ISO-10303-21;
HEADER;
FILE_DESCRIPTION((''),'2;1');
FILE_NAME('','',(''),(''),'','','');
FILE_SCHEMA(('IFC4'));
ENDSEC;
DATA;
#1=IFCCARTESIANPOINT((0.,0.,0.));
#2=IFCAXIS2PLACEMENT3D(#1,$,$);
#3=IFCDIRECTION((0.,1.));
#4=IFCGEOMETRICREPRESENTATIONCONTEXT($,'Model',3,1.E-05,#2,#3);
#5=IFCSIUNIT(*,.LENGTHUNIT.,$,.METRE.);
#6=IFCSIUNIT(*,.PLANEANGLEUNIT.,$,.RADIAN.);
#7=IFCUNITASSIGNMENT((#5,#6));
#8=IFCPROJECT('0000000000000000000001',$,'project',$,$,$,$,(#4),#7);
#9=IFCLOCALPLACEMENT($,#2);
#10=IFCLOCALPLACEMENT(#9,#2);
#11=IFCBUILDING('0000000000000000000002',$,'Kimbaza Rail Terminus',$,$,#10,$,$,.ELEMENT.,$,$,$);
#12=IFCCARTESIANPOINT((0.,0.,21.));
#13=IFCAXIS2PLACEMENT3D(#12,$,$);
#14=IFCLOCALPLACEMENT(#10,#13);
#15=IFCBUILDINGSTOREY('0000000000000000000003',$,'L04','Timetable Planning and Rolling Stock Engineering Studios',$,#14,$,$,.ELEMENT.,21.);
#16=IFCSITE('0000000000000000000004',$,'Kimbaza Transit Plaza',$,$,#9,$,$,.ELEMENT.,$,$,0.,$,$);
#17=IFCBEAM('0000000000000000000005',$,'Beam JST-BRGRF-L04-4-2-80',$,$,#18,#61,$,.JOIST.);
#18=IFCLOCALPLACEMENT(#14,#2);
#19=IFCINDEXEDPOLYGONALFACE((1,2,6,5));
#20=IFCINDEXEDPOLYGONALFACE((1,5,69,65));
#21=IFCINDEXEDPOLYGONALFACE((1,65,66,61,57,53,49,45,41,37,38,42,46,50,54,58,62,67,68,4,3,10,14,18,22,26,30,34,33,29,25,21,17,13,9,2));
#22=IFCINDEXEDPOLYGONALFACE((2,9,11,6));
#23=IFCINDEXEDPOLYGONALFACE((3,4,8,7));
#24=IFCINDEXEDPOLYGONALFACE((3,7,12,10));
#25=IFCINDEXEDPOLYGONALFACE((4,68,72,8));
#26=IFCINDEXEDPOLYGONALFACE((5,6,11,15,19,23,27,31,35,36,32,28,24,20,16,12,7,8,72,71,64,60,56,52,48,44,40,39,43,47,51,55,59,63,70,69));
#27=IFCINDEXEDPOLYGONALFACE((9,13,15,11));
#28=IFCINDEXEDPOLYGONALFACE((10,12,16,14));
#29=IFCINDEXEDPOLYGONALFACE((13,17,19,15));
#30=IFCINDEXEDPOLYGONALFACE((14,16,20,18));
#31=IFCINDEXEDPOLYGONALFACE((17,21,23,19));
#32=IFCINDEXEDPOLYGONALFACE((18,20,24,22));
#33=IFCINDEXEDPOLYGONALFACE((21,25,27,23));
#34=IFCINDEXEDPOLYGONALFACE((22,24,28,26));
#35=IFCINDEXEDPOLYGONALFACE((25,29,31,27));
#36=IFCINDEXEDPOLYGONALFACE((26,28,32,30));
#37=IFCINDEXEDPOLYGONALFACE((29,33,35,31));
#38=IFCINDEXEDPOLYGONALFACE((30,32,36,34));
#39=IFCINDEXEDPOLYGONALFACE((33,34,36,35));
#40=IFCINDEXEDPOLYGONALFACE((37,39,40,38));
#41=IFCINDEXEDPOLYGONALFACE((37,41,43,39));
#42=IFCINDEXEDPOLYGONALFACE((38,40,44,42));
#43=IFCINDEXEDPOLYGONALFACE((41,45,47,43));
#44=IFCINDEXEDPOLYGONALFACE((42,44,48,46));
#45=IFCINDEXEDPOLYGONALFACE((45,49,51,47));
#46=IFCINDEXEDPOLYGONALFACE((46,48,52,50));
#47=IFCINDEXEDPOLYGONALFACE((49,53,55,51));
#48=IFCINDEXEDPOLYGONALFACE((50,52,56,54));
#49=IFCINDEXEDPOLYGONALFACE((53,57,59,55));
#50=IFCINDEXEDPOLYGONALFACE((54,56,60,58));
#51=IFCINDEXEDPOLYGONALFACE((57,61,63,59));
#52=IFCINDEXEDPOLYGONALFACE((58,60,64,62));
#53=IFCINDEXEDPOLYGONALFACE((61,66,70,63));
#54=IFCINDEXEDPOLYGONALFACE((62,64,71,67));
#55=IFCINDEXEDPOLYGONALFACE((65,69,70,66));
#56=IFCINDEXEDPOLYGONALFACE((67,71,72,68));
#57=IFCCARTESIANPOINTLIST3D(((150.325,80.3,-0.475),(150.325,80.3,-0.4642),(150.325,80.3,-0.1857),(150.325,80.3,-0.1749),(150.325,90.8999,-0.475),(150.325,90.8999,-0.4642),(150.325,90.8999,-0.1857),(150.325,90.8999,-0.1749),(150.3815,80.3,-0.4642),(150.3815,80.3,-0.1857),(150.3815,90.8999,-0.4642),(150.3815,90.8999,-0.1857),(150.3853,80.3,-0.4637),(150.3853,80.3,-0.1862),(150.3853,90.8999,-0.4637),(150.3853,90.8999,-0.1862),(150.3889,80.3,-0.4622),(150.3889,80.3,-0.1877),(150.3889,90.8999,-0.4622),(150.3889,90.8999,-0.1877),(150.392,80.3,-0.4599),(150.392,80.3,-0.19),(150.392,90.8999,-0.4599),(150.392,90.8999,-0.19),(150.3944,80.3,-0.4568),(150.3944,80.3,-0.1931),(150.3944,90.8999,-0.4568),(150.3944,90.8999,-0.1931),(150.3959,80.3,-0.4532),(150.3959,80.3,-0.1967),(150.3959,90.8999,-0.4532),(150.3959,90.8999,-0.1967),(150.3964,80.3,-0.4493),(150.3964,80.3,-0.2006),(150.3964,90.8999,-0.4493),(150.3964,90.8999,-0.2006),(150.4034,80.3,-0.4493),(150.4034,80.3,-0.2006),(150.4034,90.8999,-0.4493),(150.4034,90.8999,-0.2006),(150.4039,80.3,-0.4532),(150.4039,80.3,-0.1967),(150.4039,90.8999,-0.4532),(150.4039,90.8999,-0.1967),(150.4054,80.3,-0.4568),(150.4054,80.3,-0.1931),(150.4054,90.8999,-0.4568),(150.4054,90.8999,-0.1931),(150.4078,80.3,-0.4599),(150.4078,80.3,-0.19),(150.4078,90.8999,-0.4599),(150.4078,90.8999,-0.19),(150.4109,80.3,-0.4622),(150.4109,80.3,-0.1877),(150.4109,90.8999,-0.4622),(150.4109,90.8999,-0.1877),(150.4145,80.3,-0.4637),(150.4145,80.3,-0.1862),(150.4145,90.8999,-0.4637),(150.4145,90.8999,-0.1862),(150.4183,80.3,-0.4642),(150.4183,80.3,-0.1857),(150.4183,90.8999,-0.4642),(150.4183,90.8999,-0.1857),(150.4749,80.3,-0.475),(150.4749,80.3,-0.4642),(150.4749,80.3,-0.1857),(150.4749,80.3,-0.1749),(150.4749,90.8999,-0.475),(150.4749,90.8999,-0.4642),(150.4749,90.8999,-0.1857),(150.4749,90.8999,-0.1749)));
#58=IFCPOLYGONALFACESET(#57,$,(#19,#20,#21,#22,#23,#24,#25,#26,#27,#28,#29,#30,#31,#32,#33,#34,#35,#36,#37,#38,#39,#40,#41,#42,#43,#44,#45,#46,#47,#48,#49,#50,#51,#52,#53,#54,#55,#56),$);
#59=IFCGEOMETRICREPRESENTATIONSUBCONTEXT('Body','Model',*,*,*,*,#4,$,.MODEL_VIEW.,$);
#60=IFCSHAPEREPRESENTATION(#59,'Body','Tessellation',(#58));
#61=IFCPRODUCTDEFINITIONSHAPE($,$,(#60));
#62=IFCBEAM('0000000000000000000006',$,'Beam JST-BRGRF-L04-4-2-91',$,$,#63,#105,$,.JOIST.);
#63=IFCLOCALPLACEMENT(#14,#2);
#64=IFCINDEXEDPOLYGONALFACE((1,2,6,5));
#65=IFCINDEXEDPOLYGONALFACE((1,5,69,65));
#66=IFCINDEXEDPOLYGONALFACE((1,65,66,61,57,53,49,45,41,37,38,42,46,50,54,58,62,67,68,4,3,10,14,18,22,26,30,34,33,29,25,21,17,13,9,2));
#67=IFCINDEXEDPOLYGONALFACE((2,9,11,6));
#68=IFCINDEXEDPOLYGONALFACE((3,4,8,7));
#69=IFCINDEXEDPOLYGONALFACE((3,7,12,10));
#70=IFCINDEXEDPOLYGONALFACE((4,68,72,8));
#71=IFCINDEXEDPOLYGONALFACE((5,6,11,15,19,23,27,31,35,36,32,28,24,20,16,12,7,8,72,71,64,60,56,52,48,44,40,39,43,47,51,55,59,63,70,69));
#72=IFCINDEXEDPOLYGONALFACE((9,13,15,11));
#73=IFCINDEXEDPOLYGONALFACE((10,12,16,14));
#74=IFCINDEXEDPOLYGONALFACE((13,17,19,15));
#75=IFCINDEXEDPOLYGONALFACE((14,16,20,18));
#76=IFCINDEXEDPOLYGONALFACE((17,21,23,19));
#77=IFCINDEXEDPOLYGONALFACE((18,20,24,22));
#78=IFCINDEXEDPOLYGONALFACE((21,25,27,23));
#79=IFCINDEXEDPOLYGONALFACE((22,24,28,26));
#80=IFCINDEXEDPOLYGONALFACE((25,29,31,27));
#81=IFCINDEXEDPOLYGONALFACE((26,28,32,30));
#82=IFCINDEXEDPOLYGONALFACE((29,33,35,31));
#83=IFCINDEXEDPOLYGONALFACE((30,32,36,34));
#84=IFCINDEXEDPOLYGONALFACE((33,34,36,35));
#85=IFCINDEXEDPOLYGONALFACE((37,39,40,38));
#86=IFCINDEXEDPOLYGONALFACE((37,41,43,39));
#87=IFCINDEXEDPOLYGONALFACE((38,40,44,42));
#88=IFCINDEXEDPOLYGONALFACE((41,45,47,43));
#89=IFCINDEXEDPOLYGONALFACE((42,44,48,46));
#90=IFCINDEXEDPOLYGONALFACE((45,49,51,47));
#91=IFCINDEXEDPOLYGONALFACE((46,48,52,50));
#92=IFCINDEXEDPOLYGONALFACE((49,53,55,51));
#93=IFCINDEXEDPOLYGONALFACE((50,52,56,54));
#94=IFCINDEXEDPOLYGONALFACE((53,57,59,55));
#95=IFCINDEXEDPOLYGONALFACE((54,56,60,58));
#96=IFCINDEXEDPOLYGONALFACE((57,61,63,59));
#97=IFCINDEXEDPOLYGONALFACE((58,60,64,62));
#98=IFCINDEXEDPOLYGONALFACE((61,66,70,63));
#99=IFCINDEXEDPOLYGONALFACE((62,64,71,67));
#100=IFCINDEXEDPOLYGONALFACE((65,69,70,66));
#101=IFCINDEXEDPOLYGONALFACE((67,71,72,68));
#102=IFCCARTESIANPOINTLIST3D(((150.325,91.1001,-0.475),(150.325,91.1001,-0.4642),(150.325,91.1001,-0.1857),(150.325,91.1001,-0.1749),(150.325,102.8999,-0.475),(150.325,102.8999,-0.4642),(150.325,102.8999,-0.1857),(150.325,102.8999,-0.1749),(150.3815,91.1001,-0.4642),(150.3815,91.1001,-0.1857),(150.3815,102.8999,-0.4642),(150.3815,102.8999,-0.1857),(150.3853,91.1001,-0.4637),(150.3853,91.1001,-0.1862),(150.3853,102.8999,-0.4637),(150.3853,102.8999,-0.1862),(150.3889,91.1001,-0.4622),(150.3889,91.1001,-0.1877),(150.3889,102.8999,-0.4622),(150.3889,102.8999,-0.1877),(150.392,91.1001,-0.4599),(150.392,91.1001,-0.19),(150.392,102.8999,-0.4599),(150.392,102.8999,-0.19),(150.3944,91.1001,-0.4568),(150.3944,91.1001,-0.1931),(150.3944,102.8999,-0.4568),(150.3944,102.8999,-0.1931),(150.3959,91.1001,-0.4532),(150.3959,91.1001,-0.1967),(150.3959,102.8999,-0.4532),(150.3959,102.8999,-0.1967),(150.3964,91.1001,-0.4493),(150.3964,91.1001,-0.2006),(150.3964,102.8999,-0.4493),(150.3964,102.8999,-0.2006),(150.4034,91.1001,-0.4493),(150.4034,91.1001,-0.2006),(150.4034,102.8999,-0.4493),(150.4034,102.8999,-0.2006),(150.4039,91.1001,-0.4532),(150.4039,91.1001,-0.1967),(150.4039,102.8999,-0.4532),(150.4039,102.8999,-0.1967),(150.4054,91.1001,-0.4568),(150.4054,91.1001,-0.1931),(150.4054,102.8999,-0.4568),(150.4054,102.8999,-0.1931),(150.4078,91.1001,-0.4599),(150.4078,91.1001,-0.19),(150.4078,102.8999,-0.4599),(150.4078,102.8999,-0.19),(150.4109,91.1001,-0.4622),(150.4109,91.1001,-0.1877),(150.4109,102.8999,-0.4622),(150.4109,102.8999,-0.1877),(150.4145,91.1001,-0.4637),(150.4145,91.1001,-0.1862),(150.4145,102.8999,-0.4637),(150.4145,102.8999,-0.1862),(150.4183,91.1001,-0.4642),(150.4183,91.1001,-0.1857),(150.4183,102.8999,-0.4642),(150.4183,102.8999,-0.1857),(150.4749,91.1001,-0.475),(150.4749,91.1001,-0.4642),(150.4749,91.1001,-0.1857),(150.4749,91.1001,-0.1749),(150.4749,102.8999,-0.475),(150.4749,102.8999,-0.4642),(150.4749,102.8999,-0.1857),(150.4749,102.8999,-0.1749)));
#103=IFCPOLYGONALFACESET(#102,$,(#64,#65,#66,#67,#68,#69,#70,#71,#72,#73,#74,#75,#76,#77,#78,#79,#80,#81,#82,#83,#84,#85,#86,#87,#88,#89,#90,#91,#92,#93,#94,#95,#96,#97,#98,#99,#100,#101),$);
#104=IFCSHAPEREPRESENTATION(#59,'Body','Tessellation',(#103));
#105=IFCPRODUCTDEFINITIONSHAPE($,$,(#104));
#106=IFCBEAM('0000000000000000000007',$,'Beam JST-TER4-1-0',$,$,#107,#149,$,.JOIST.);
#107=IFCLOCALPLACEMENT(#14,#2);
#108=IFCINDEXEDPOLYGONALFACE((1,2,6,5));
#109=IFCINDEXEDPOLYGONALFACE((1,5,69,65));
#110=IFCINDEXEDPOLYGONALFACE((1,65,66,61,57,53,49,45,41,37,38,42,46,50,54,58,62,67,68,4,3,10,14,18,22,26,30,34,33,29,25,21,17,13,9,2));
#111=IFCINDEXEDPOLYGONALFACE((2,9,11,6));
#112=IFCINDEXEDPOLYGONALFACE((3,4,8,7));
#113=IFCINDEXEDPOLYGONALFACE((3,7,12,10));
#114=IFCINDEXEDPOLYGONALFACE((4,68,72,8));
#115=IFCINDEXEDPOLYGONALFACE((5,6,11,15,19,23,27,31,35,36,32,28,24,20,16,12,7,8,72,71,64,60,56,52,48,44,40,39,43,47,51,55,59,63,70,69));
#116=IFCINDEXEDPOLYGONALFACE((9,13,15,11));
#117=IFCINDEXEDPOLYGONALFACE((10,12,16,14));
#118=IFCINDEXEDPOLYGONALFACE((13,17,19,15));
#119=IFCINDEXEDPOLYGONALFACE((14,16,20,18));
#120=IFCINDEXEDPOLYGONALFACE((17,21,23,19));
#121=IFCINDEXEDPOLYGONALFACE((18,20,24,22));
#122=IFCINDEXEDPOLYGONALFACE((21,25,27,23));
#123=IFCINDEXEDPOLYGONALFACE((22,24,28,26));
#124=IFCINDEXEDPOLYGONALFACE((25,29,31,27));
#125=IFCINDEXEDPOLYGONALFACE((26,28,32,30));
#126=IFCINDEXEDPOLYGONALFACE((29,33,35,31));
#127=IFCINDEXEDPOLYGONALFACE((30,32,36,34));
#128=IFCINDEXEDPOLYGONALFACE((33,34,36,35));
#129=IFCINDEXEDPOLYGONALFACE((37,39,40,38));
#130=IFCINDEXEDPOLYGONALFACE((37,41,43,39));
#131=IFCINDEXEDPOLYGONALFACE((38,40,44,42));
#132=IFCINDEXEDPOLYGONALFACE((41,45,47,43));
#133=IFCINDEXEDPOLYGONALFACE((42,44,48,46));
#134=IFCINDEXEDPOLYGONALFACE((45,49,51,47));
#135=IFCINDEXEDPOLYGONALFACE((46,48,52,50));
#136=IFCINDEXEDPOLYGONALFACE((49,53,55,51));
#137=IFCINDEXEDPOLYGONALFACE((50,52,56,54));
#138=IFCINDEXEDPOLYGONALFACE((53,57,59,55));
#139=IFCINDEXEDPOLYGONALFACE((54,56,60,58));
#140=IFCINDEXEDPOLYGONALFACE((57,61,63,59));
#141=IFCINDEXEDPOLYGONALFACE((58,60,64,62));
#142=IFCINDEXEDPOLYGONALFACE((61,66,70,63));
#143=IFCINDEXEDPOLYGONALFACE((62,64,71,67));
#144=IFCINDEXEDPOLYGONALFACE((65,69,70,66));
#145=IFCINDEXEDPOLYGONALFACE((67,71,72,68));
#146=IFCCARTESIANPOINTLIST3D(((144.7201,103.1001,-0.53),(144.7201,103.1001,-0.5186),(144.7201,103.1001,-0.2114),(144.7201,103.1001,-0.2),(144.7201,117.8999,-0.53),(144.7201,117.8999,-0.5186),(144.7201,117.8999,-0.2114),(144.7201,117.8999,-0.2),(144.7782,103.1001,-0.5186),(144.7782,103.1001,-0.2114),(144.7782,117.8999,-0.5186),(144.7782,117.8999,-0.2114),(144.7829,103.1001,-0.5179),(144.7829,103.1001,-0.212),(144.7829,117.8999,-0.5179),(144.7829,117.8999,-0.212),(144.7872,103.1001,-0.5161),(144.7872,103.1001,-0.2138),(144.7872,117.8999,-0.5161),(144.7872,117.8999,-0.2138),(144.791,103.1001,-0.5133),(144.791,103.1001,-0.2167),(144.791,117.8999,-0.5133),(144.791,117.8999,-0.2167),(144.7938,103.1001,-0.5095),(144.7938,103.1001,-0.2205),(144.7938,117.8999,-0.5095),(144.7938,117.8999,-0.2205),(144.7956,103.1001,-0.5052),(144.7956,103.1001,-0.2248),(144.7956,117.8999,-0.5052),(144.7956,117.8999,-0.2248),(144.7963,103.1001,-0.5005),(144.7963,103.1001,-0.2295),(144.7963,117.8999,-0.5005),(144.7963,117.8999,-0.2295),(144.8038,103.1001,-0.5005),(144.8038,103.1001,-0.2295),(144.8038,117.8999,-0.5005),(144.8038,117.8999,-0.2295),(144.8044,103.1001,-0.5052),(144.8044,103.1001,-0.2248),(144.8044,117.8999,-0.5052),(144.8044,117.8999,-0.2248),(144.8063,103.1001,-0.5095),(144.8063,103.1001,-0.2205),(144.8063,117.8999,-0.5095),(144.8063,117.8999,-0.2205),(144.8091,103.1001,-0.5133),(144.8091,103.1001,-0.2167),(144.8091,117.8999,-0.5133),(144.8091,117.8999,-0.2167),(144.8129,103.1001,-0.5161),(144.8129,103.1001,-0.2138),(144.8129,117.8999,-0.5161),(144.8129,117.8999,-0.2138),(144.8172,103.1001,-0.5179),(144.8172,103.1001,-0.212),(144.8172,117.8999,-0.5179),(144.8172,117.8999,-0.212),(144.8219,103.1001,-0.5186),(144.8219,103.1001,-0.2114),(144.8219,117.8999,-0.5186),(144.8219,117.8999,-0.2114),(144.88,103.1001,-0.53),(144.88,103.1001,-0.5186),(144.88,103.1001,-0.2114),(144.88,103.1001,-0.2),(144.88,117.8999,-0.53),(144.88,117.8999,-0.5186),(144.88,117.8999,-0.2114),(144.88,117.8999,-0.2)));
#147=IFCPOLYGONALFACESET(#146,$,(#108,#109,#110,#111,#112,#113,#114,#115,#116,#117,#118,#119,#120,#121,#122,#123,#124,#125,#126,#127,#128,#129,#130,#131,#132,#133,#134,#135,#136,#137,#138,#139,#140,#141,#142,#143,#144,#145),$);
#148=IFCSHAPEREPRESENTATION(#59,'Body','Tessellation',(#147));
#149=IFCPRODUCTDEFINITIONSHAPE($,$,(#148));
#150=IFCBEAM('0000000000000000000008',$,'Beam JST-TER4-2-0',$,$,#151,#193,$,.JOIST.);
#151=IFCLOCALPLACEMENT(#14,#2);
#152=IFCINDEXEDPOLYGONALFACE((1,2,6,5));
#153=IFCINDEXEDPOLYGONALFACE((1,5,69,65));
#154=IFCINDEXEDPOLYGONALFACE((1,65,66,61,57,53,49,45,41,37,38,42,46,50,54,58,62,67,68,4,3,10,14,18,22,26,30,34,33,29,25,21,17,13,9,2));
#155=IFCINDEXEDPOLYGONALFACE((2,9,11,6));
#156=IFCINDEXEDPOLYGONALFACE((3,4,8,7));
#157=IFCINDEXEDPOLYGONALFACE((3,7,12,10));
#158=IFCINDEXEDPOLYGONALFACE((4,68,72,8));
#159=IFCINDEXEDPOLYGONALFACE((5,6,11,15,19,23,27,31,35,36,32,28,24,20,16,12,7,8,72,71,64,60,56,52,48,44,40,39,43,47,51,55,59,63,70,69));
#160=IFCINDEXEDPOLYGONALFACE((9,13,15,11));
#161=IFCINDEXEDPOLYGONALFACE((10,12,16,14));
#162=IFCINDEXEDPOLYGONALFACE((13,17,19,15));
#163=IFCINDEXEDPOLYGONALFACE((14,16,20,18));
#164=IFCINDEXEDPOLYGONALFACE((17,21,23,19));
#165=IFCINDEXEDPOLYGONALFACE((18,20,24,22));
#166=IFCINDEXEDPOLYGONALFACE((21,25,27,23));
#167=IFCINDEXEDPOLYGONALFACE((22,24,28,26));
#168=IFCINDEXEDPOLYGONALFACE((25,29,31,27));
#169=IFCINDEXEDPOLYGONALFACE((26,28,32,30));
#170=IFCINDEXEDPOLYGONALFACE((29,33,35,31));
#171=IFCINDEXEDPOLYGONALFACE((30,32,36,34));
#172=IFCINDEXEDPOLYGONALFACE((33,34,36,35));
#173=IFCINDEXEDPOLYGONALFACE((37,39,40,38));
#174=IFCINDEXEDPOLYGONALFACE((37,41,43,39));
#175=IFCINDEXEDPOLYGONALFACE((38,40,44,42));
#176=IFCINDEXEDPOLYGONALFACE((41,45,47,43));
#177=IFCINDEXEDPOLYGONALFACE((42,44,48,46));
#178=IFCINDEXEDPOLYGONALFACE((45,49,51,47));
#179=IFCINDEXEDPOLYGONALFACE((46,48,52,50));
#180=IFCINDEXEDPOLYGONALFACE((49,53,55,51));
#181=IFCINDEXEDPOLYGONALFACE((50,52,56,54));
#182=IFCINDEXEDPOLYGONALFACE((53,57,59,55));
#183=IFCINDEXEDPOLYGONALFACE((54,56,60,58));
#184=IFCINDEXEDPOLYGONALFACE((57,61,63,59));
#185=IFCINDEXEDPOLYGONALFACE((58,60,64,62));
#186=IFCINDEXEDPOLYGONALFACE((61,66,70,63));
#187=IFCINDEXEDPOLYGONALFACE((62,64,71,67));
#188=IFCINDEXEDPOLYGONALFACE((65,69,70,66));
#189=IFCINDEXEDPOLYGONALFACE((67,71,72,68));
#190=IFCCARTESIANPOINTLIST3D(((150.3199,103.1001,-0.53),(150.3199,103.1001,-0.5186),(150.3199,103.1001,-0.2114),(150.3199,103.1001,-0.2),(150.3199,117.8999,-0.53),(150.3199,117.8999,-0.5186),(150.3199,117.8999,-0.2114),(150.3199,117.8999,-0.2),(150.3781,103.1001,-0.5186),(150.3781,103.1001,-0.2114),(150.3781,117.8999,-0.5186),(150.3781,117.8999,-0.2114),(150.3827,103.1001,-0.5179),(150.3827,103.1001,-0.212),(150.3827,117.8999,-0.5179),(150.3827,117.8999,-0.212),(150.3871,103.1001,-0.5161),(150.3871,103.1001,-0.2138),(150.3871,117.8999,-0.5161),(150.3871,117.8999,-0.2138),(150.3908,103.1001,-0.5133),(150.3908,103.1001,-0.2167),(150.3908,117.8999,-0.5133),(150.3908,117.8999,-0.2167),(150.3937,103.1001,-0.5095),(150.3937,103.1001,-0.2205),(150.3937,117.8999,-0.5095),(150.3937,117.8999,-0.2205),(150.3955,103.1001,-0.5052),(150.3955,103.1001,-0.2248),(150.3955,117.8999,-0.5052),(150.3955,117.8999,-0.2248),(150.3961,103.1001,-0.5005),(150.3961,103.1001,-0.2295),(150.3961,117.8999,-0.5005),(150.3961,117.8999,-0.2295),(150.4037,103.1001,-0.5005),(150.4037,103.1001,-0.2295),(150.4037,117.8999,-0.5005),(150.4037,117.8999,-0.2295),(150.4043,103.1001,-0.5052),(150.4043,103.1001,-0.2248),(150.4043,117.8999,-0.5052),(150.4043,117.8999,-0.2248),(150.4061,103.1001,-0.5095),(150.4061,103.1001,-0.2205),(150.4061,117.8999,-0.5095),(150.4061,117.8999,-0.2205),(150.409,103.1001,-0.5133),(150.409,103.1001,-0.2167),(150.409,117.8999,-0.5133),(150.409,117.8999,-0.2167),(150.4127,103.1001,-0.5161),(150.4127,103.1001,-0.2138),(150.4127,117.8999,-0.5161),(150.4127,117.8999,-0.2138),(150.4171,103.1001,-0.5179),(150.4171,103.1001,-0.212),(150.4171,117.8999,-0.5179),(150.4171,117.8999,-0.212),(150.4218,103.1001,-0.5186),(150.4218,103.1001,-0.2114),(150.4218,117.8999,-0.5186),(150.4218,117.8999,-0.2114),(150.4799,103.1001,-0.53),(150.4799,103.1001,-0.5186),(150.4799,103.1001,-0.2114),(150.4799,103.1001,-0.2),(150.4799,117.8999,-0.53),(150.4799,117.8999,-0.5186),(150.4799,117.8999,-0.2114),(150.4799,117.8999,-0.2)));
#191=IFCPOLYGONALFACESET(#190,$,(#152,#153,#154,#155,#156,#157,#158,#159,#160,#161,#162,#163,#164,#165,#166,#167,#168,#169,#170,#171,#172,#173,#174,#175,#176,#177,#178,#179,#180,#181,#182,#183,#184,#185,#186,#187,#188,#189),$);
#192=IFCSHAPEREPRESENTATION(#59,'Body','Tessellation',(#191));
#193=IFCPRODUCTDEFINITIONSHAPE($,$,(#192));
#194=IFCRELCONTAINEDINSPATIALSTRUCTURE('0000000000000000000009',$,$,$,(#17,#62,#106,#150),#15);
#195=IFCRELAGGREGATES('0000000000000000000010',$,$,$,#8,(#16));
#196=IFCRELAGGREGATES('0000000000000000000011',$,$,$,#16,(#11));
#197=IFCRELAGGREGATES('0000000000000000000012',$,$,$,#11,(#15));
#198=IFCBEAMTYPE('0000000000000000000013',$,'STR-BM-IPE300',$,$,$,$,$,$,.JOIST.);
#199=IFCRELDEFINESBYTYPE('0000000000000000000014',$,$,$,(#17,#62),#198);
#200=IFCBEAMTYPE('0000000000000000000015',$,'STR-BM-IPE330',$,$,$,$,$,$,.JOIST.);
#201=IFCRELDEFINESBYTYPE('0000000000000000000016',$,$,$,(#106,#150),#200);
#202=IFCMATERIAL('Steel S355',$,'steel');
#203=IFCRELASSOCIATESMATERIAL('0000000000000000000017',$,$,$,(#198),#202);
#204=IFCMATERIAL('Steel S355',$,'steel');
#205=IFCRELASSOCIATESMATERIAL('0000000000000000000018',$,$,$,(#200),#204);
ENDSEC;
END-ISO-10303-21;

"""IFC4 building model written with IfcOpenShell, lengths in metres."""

from ifc_helpers import new_model, si_unit, direction, frame, origin, origin_2d, place, context, subcontext, project, spatial, i_section, extrude, material, material_profile, profile_set, type_object, element, save


model = new_model("IFC4")

# Units and contexts
model_context = context("Model", 3, precision=1e-05, world=origin(), true_north=direction((0.0, 1.0)))
body_context = subcontext(model_context, "Body", "Model", "MODEL_VIEW")
ifc_project = project(units=[si_unit("LENGTHUNIT", "METRE"), si_unit("PLANEANGLEUNIT", "RADIAN")], contexts=[model_context])

# Site, building, storey
site_placement = place(None, origin())
site = spatial("IfcSite", under=ifc_project, at=site_placement, Name="Kimbaza Transit Plaza", CompositionType="ELEMENT", RefElevation=0.0)
building_placement = place(site_placement, origin())
building = spatial("IfcBuilding", under=site, at=building_placement, Name="Kimbaza Rail Terminus", CompositionType="ELEMENT")
storey_placement = place(building_placement, frame((0.0, 0.0, 21.0)))
storey = spatial("IfcBuildingStorey", under=building, at=storey_placement, Name="L04", Description="Timetable Planning and Rolling Stock Engineering Studios", CompositionType="ELEMENT", Elevation=21.0)

# Beams
ifc_material_1 = material(Name="Steel S355", Category="steel")
ifc_material_profile_1 = material_profile(ifc_material_1, i_section(OverallWidth=0.1499, OverallDepth=0.3, WebThickness=0.0071, FlangeThickness=0.0107, FilletRadius=0.0149, at=origin_2d()), Name="IPE 300")
ifc_profile_set_1 = profile_set([ifc_material_profile_1], Name="Steel S355")
beam_type_1 = type_object("IfcBeamType", Name="STR-BM-IPE300", PredefinedType="JOIST", material=ifc_profile_set_1)
beam_1_placement = place(storey_placement, frame((150.3999, 80.3, -0.325), z_axis=(0.0, 1.0, 0.0), x_axis=(-1.0, 0.0, 0.0)))
element("IfcBeam", 1, at=beam_1_placement, inside=storey, type_object=beam_type_1, Name="Beam JST-BRGRF-L04-4-2-80", PredefinedType="JOIST", context=body_context, shape_type="SweptSolid", body=[
    extrude(i_section(OverallWidth=0.1499, OverallDepth=0.3, WebThickness=0.0071, FlangeThickness=0.0107, FilletRadius=0.0149, at=origin_2d()), origin(), (0.0, 0.0, 1.0), 10.5999),
])
beam_2_placement = place(storey_placement, frame((150.3999, 91.1001, -0.325), z_axis=(0.0, 1.0, 0.0), x_axis=(-1.0, 0.0, 0.0)))
element("IfcBeam", 2, at=beam_2_placement, inside=storey, type_object=beam_type_1, Name="Beam JST-BRGRF-L04-4-2-91", PredefinedType="JOIST", context=body_context, shape_type="SweptSolid", body=[
    extrude(i_section(OverallWidth=0.1499, OverallDepth=0.3, WebThickness=0.0071, FlangeThickness=0.0107, FilletRadius=0.0149, at=origin_2d()), origin(), (0.0, 0.0, 1.0), 11.7998),
])
ifc_material_2 = material(Name="Steel S355", Category="steel")
ifc_material_profile_2 = material_profile(ifc_material_2, i_section(OverallWidth=0.1599, OverallDepth=0.3301, WebThickness=0.0076, FlangeThickness=0.0115, FilletRadius=0.0181, at=origin_2d()), Name="IPE 330")
ifc_profile_set_2 = profile_set([ifc_material_profile_2], Name="Steel S355")
beam_type_2 = type_object("IfcBeamType", Name="STR-BM-IPE330", PredefinedType="JOIST", material=ifc_profile_set_2)
for number, where, z_axis, x_axis, name in (
    (3, (144.8, 103.1001, -0.365), (0.0, 1.0, 0.0), (-1.0, 0.0, 0.0), "Beam JST-TER4-1-0"),
    (4, (150.3999, 103.1001, -0.365), (0.0, 1.0, 0.0), (-1.0, 0.0, 0.0), "Beam JST-TER4-2-0"),
):
    element("IfcBeam", number, at=place(storey_placement, frame(where, z_axis=z_axis, x_axis=x_axis)), inside=storey, type_object=beam_type_2, Name=name, PredefinedType="JOIST", context=body_context, shape_type="SweptSolid", body=[
        extrude(i_section(OverallWidth=0.1599, OverallDepth=0.3301, WebThickness=0.0076, FlangeThickness=0.0115, FilletRadius=0.0181, at=origin_2d()), origin(), (0.0, 0.0, 1.0), 14.7998),
    ])

save(model, "model.ifc")
